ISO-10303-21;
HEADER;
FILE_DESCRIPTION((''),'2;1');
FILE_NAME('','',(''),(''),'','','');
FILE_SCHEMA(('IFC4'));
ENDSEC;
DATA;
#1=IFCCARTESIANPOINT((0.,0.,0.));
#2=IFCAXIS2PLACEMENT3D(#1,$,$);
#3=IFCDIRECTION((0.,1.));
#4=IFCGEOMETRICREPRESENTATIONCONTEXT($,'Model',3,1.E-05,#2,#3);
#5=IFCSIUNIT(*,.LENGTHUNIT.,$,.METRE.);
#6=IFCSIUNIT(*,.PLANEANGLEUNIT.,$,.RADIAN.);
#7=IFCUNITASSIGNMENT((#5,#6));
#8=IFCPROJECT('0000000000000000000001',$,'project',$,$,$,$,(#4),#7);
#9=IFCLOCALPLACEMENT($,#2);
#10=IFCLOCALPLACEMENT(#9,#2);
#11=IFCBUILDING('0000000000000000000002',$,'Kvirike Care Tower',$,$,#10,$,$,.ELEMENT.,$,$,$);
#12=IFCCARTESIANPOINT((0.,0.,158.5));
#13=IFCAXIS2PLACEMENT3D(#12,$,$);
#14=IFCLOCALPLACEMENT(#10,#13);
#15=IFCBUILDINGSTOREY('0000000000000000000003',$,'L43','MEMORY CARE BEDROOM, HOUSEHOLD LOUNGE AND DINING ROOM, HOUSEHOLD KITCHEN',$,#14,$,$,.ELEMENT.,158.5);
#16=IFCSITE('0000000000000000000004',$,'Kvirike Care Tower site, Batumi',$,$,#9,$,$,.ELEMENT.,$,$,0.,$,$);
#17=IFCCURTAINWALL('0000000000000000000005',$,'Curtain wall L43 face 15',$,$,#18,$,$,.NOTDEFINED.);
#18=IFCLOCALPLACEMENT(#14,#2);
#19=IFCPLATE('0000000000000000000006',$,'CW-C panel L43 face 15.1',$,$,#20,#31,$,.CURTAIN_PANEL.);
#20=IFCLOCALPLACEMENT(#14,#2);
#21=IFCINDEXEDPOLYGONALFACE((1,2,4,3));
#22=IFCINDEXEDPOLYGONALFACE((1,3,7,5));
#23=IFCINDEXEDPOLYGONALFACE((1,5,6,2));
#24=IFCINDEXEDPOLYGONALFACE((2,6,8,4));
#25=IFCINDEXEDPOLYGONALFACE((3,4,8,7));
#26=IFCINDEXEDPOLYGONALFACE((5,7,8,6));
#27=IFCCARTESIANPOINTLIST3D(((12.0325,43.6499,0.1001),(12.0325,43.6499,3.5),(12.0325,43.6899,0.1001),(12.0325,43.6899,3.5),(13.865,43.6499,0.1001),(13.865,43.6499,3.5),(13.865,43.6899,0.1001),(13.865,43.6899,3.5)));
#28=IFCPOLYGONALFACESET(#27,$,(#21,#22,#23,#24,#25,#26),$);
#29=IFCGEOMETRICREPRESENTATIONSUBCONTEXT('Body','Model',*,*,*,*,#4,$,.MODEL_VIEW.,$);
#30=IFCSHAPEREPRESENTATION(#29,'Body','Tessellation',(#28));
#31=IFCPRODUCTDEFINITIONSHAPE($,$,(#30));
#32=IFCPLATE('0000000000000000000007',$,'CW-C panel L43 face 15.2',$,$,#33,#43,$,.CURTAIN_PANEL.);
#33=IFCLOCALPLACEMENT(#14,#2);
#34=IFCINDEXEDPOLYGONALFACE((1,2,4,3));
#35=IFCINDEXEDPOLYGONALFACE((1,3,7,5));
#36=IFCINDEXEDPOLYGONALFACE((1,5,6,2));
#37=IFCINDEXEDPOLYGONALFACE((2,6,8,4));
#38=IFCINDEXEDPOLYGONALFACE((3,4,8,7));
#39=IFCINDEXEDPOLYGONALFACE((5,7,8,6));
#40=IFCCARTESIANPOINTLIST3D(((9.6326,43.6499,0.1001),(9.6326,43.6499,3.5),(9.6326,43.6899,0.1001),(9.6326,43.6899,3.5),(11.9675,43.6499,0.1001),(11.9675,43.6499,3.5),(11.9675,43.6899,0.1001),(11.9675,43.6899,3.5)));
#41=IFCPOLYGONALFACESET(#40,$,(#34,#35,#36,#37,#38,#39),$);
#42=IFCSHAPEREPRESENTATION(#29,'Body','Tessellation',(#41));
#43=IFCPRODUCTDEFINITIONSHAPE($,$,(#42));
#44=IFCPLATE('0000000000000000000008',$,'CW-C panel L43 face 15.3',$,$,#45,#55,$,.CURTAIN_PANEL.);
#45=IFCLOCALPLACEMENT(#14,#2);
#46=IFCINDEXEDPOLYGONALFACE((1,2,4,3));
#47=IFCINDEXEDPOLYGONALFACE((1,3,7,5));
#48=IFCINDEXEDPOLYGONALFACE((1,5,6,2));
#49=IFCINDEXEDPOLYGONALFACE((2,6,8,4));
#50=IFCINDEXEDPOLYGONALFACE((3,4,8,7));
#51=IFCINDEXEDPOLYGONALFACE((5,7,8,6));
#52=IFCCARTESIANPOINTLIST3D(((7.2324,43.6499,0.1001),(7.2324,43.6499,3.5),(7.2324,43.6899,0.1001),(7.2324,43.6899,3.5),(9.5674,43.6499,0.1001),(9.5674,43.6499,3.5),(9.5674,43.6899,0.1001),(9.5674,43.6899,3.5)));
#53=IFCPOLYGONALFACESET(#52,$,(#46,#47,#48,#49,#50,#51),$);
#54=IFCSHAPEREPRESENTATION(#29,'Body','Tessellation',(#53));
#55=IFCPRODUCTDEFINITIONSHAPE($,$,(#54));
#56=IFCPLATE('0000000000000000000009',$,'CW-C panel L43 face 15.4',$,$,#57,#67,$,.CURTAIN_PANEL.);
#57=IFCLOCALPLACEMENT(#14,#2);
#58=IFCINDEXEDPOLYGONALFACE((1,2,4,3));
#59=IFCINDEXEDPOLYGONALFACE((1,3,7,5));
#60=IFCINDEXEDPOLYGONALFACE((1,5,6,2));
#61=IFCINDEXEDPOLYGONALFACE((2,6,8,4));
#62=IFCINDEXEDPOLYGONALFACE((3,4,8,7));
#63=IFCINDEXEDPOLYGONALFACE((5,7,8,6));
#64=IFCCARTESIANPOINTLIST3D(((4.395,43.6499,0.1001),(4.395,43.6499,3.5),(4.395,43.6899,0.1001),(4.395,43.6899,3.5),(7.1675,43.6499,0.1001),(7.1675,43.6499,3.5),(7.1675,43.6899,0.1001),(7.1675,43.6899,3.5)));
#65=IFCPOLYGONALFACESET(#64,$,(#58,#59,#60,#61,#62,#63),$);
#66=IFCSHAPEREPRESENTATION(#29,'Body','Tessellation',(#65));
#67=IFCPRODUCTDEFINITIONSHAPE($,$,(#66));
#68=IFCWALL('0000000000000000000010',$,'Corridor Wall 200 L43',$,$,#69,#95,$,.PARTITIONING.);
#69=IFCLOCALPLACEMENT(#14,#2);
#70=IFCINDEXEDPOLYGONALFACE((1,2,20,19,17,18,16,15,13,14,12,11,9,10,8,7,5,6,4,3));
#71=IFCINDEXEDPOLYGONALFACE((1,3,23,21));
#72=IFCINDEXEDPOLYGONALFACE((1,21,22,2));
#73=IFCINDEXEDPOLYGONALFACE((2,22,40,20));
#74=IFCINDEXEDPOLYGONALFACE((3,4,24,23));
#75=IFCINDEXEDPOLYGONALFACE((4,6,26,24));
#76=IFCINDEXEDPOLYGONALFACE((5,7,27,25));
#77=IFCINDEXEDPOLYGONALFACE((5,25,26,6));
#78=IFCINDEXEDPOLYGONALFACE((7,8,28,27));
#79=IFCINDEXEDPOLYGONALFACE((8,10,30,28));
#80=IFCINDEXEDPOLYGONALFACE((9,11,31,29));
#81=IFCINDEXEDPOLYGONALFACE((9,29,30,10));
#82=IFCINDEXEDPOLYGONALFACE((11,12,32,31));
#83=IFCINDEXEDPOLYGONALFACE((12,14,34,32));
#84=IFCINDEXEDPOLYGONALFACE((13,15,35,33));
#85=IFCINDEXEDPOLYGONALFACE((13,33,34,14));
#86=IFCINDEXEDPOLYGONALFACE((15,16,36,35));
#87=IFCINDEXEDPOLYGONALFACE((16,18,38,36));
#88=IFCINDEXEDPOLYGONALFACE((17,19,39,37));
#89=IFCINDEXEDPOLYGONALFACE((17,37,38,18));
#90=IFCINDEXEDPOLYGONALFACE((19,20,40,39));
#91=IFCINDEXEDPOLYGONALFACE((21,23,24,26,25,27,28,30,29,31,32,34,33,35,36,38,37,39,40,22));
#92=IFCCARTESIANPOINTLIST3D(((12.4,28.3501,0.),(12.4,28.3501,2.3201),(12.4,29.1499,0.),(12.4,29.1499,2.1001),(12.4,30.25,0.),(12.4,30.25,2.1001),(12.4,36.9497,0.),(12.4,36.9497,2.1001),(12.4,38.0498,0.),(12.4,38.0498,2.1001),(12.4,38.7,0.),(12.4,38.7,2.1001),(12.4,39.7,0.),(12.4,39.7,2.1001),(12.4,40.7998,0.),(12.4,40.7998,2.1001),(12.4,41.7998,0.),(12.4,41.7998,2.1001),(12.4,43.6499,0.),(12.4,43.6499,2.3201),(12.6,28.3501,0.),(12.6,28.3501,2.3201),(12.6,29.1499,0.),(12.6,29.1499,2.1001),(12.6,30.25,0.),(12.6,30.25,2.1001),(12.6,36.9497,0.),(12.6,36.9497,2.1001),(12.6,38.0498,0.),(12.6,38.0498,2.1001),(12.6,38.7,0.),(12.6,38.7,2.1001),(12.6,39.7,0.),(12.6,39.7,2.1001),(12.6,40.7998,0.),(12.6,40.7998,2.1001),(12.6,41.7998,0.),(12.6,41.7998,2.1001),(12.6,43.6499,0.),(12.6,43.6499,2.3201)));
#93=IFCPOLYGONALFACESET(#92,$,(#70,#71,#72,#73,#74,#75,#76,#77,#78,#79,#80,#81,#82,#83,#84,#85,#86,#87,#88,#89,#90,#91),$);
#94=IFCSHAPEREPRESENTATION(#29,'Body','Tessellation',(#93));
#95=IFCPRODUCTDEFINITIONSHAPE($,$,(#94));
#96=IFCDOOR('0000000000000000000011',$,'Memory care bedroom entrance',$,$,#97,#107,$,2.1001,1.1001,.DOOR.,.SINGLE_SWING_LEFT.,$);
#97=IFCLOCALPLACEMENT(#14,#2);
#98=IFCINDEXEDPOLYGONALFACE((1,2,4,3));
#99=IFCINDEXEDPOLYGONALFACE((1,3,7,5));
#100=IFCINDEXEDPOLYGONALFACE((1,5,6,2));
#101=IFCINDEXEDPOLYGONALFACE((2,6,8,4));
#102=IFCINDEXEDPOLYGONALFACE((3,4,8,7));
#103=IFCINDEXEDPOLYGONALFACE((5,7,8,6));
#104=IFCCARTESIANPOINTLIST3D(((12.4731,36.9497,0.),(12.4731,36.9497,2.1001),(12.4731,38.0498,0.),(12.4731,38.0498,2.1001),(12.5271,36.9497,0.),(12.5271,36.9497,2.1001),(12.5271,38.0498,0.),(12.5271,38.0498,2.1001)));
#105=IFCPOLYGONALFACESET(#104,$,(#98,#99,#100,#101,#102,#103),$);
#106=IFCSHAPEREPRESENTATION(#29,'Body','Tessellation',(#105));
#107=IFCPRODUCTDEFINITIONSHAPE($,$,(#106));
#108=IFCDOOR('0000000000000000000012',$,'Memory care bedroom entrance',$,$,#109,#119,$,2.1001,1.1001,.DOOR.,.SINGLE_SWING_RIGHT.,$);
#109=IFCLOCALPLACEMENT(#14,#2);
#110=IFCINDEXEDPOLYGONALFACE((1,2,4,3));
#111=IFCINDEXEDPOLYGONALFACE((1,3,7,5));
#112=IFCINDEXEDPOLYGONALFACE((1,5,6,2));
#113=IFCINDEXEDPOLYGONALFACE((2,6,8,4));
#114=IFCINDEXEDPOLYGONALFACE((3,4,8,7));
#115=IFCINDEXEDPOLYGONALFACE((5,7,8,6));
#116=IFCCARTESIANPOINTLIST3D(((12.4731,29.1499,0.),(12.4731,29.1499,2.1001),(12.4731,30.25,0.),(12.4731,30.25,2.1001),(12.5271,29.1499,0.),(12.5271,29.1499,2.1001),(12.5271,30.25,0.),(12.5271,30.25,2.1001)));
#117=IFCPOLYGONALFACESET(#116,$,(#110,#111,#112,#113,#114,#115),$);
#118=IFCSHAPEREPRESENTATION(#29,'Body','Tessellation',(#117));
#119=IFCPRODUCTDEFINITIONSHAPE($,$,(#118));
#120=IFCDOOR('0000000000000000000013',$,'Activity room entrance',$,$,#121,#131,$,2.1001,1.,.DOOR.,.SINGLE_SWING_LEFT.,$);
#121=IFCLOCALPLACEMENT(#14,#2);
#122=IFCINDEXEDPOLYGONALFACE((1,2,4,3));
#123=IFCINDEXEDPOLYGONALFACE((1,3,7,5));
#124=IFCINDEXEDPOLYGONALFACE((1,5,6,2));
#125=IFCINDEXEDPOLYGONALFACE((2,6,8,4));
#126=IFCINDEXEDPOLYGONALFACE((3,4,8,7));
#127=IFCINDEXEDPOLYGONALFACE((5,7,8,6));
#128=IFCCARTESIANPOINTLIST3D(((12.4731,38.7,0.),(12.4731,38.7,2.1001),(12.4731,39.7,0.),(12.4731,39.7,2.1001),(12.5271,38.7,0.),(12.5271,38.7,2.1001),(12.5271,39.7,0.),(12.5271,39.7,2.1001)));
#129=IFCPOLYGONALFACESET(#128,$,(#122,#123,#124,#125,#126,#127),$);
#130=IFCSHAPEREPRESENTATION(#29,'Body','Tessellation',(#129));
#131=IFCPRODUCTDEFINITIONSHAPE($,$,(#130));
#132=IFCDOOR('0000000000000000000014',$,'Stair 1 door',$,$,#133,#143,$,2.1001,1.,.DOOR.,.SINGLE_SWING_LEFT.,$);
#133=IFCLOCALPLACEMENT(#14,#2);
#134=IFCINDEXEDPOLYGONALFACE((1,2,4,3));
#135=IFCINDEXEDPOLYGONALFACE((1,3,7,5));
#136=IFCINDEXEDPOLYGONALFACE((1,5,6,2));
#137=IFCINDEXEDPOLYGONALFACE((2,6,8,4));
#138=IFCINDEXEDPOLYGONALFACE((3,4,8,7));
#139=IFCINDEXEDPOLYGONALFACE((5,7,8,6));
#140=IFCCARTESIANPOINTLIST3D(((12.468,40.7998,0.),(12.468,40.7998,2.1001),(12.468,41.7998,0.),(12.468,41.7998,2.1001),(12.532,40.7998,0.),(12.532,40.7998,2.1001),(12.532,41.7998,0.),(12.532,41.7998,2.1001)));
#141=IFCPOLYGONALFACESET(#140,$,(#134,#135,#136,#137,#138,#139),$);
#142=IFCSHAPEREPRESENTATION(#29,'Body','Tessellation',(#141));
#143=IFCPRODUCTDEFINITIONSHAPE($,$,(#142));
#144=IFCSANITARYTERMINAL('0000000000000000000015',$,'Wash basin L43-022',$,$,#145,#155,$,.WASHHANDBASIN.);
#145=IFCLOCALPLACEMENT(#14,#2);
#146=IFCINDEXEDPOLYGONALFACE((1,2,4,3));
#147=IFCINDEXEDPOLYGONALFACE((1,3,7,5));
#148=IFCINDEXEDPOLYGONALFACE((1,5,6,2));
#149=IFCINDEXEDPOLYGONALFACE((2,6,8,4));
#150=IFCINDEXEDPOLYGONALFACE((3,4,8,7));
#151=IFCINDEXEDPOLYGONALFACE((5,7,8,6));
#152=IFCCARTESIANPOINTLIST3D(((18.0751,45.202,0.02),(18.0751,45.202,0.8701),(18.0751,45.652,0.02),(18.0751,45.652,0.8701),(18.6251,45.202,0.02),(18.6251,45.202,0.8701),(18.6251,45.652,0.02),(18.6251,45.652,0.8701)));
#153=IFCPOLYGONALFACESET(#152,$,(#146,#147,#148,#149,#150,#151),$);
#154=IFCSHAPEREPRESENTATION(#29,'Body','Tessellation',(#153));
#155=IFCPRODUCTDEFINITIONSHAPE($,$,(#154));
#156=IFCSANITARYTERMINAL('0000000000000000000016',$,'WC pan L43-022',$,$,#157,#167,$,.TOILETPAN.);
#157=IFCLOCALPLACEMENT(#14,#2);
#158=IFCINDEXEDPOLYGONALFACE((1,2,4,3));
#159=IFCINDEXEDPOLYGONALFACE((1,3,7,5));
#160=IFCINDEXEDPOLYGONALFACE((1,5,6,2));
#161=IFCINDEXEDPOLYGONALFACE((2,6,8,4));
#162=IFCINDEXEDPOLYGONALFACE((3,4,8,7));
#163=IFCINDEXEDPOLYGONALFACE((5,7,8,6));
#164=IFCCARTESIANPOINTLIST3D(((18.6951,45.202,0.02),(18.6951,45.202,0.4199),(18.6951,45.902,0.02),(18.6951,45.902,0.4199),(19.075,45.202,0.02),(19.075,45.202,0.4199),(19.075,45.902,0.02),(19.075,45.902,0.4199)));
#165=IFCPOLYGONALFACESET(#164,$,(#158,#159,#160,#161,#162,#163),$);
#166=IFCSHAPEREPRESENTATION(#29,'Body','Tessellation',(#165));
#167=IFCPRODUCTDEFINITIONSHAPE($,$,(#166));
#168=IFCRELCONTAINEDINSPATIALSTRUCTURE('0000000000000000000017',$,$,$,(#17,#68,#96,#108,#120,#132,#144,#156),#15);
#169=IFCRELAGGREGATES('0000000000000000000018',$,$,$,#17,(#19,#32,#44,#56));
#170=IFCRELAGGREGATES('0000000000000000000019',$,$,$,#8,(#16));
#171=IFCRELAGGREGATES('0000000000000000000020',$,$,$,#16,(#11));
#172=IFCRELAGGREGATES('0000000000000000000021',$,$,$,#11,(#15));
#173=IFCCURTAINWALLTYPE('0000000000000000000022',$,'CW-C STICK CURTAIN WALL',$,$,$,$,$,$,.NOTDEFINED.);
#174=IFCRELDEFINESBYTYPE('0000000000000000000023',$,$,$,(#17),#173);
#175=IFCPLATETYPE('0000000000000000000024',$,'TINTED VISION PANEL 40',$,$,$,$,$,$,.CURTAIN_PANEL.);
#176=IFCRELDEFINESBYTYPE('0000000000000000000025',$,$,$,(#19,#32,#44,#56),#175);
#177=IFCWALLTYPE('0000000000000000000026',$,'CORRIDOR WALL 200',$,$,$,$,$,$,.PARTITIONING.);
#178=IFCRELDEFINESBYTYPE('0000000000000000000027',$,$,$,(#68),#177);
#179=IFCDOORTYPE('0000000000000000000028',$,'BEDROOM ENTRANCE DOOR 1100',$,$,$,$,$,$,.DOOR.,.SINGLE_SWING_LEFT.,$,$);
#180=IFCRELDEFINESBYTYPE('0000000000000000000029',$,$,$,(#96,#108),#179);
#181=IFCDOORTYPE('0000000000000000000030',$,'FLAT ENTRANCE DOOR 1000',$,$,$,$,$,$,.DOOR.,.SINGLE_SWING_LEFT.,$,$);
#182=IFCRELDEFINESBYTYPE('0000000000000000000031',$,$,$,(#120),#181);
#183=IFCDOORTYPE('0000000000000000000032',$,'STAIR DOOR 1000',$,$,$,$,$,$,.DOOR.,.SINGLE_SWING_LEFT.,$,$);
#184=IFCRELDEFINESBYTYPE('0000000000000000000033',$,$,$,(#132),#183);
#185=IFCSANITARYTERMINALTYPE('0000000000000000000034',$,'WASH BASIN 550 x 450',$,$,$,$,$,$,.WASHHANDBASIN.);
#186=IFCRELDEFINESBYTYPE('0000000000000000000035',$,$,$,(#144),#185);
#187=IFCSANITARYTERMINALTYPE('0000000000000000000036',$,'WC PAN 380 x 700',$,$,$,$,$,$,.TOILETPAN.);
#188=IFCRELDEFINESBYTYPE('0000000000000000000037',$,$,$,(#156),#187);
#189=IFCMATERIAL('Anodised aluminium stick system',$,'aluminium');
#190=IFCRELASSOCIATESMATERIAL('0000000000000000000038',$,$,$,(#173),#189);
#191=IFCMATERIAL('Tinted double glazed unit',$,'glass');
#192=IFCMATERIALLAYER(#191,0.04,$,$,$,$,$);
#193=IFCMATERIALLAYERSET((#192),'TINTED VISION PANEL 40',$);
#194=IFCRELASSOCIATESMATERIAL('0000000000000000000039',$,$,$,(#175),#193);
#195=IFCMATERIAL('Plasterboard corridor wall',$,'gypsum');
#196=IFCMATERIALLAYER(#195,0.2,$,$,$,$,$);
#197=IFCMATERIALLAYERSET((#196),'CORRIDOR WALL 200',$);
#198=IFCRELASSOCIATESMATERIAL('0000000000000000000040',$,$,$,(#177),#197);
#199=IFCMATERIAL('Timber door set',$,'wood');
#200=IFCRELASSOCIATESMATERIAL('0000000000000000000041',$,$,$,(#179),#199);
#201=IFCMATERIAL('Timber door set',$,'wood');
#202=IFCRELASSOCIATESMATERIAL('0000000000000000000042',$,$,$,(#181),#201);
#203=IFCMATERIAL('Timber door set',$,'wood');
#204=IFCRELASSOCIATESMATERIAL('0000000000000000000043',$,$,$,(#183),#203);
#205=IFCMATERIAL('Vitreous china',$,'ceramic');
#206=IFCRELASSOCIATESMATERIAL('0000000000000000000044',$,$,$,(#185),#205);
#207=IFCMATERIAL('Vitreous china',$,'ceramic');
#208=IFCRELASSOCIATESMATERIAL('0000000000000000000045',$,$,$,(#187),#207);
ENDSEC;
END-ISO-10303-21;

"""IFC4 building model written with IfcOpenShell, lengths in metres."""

from ifc_helpers import new_model, si_unit, direction, frame, frame_2d, origin, origin_2d, place, context, subcontext, project, spatial, rectangle, extrude, material, layer, layer_set, type_object, element, fill, aggregate, save


model = new_model("IFC4")

# Units and contexts
model_context = context("Model", 3, precision=1e-05, world=origin(), true_north=direction((0.0, 1.0)))
body_context = subcontext(model_context, "Body", "Model", "MODEL_VIEW")
ifc_project = project(units=[si_unit("LENGTHUNIT", "METRE"), si_unit("PLANEANGLEUNIT", "RADIAN")], contexts=[model_context])

# Site, building, storey
site_placement = place(None, origin())
site = spatial("IfcSite", under=ifc_project, at=site_placement, Name="Kvirike Care Tower site, Batumi", CompositionType="ELEMENT", RefElevation=0.0)
building_placement = place(site_placement, origin())
building = spatial("IfcBuilding", under=site, at=building_placement, Name="Kvirike Care Tower", CompositionType="ELEMENT")
storey_placement = place(building_placement, frame((0.0, 0.0, 158.5)))
storey = spatial("IfcBuildingStorey", under=building, at=storey_placement, Name="L43", Description="MEMORY CARE BEDROOM, HOUSEHOLD LOUNGE AND DINING ROOM, HOUSEHOLD KITCHEN", CompositionType="ELEMENT", Elevation=158.5)

# Curtain wall
ifc_material_1 = material(Name="Anodised aluminium stick system", Category="aluminium")
curtain_wall_type = type_object("IfcCurtainWallType", Name="CW-C STICK CURTAIN WALL", PredefinedType="NOTDEFINED", material=ifc_material_1)
curtain_wall_1_placement = place(storey_placement, origin())
curtain_wall_1 = element("IfcCurtainWall", 1, at=curtain_wall_1_placement, inside=storey, type_object=curtain_wall_type, Name="Curtain wall L43 face 15", PredefinedType="NOTDEFINED")

# Plates
ifc_material_2 = material(Name="Tinted double glazed unit", Category="glass")
ifc_layer_1 = layer(ifc_material_2, 0.04)
ifc_layer_set_1 = layer_set([ifc_layer_1], Name="TINTED VISION PANEL 40")
plate_type = type_object("IfcPlateType", Name="TINTED VISION PANEL 40", PredefinedType="CURTAIN_PANEL", material=ifc_layer_set_1)
plate_1_placement = place(storey_placement, frame((12.9487, 43.6699, 0.1001), z_axis=(0.0, 0.0, 1.0), x_axis=(-1.0, 0.0, 0.0)))
plate_1 = element("IfcPlate", 2, at=plate_1_placement, type_object=plate_type, Name="CW-C panel L43 face 15.1", PredefinedType="CURTAIN_PANEL", context=body_context, shape_type="SweptSolid", body=[
    extrude(rectangle(XDim=1.8325, YDim=0.04, at=origin_2d()), origin(), (0.0, 0.0, 1.0), 3.3999),
])
plate_2_placement = place(storey_placement, frame((10.8, 43.6699, 0.1001), z_axis=(0.0, 0.0, 1.0), x_axis=(-1.0, 0.0, 0.0)))
plate_2 = element("IfcPlate", 3, at=plate_2_placement, type_object=plate_type, Name="CW-C panel L43 face 15.2", PredefinedType="CURTAIN_PANEL", context=body_context, shape_type="SweptSolid", body=[
    extrude(rectangle(XDim=2.335, YDim=0.04, at=origin_2d()), origin(), (0.0, 0.0, 1.0), 3.3999),
])
plate_3_placement = place(storey_placement, frame((8.3999, 43.6699, 0.1001), z_axis=(0.0, 0.0, 1.0), x_axis=(-1.0, 0.0, 0.0)))
plate_3 = element("IfcPlate", 4, at=plate_3_placement, type_object=plate_type, Name="CW-C panel L43 face 15.3", PredefinedType="CURTAIN_PANEL", context=body_context, shape_type="SweptSolid", body=[
    extrude(rectangle(XDim=2.335, YDim=0.04, at=origin_2d()), origin(), (0.0, 0.0, 1.0), 3.3999),
])
plate_4_placement = place(storey_placement, frame((5.7812, 43.6699, 0.1001), z_axis=(0.0, 0.0, 1.0), x_axis=(-1.0, 0.0, 0.0)))
plate_4 = element("IfcPlate", 5, at=plate_4_placement, type_object=plate_type, Name="CW-C panel L43 face 15.4", PredefinedType="CURTAIN_PANEL", context=body_context, shape_type="SweptSolid", body=[
    extrude(rectangle(XDim=2.7725, YDim=0.04, at=origin_2d()), origin(), (0.0, 0.0, 1.0), 3.3999),
])
aggregate(curtain_wall_1, [plate_1, plate_2, plate_3, plate_4])

# Wall, openings, doors
ifc_material_3 = material(Name="Plasterboard corridor wall", Category="gypsum")
ifc_layer_2 = layer(ifc_material_3, 0.2)
ifc_layer_set_2 = layer_set([ifc_layer_2], Name="CORRIDOR WALL 200")
wall_type = type_object("IfcWallType", Name="CORRIDOR WALL 200", PredefinedType="PARTITIONING", material=ifc_layer_set_2)
wall_placement = place(storey_placement, frame((12.5, 43.6499, 0.0), z_axis=(0.0, 0.0, 1.0), x_axis=(0.0, -1.0, 0.0)))
wall = element("IfcWall", 6, at=wall_placement, inside=storey, type_object=wall_type, Name="Corridor Wall 200 L43", PredefinedType="PARTITIONING", context=body_context, shape_type="SweptSolid", body=[
    extrude(rectangle(XDim=15.2998, YDim=0.2, at=frame_2d((7.6499, 0.0))), origin(), (0.0, 0.0, 1.0), 2.3201),
])
opening_1_placement = place(wall_placement, frame((1.8501, 0.0, 0.0)))
opening_1 = element("IfcOpeningElement", 7, at=opening_1_placement, cuts=wall, PredefinedType="OPENING", context=body_context, shape_type="SweptSolid", body=[
    extrude(rectangle(XDim=1.0, YDim=2.1001, at=frame_2d((0.5, 1.05))), frame((0.0, 0.1106, 0.0), z_axis=(0.0, -1.0, 0.0), x_axis=(1.0, 0.0, 0.0)), (0.0, 0.0, 1.0), 0.2209),
])
opening_2_placement = place(wall_placement, frame((3.95, 0.0, 0.0)))
opening_2 = element("IfcOpeningElement", 8, at=opening_2_placement, cuts=wall, PredefinedType="OPENING", context=body_context, shape_type="SweptSolid", body=[
    extrude(rectangle(XDim=1.0, YDim=2.1001, at=frame_2d((0.5, 1.05))), frame((0.0, 0.1106, 0.0), z_axis=(0.0, -1.0, 0.0), x_axis=(1.0, 0.0, 0.0)), (0.0, 0.0, 1.0), 0.2209),
])
opening_3_placement = place(wall_placement, frame((5.6001, 0.0, 0.0)))
opening_3 = element("IfcOpeningElement", 9, at=opening_3_placement, cuts=wall, PredefinedType="OPENING", context=body_context, shape_type="SweptSolid", body=[
    extrude(rectangle(XDim=1.1001, YDim=2.1001, at=frame_2d((0.55, 1.05))), frame((0.0, 0.1106, 0.0), z_axis=(0.0, -1.0, 0.0), x_axis=(1.0, 0.0, 0.0)), (0.0, 0.0, 1.0), 0.2209),
])
opening_4_placement = place(wall_placement, frame((13.3999, 0.0, 0.0)))
opening_4 = element("IfcOpeningElement", 10, at=opening_4_placement, cuts=wall, PredefinedType="OPENING", context=body_context, shape_type="SweptSolid", body=[
    extrude(rectangle(XDim=1.1001, YDim=2.1001, at=frame_2d((0.55, 1.05))), frame((0.0, 0.1106, 0.0), z_axis=(0.0, -1.0, 0.0), x_axis=(1.0, 0.0, 0.0)), (0.0, 0.0, 1.0), 0.2209),
])
ifc_material_4 = material(Name="Timber door set", Category="wood")
door_type_1 = type_object("IfcDoorType", Name="BEDROOM ENTRANCE DOOR 1100", OperationType="SINGLE_SWING_LEFT", PredefinedType="DOOR", material=ifc_material_4)
door_1_placement = place(opening_3_placement, frame((1.1001, 0.0, 0.0), z_axis=(0.0, 0.0, 1.0), x_axis=(-1.0, 0.0, 0.0)))
door_1 = element("IfcDoor", 11, at=door_1_placement, inside=storey, type_object=door_type_1, Name="Memory care bedroom entrance", OperationType="SINGLE_SWING_LEFT", OverallHeight=2.1001, OverallWidth=1.1001, PredefinedType="DOOR", context=body_context, shape_type="SweptSolid", body=[
    extrude(rectangle(XDim=1.1001, YDim=2.1001, at=frame_2d((0.55, 1.05))), frame((0.0, 0.0269, 0.0), z_axis=(0.0, -1.0, 0.0), x_axis=(1.0, 0.0, 0.0)), (0.0, 0.0, 1.0), 0.054),
])
fill(opening_3, door_1)
door_2_placement = place(opening_4_placement, frame((1.1001, 0.0, 0.0), z_axis=(0.0, 0.0, 1.0), x_axis=(-1.0, 0.0, 0.0)))
door_2 = element("IfcDoor", 12, at=door_2_placement, inside=storey, type_object=door_type_1, Name="Memory care bedroom entrance", OperationType="SINGLE_SWING_RIGHT", OverallHeight=2.1001, OverallWidth=1.1001, PredefinedType="DOOR", context=body_context, shape_type="SweptSolid", body=[
    extrude(rectangle(XDim=1.1001, YDim=2.1001, at=frame_2d((0.55, 1.05))), frame((0.0, 0.0269, 0.0), z_axis=(0.0, -1.0, 0.0), x_axis=(1.0, 0.0, 0.0)), (0.0, 0.0, 1.0), 0.054),
])
fill(opening_4, door_2)
ifc_material_5 = material(Name="Timber door set", Category="wood")
door_type_2 = type_object("IfcDoorType", Name="FLAT ENTRANCE DOOR 1000", OperationType="SINGLE_SWING_LEFT", PredefinedType="DOOR", material=ifc_material_5)
door_3_placement = place(opening_2_placement, frame((1.0, 0.0, 0.0), z_axis=(0.0, 0.0, 1.0), x_axis=(-1.0, 0.0, 0.0)))
door_3 = element("IfcDoor", 13, at=door_3_placement, inside=storey, type_object=door_type_2, Name="Activity room entrance", OperationType="SINGLE_SWING_LEFT", OverallHeight=2.1001, OverallWidth=1.0, PredefinedType="DOOR", context=body_context, shape_type="SweptSolid", body=[
    extrude(rectangle(XDim=1.0, YDim=2.1001, at=frame_2d((0.5, 1.05))), frame((0.0, 0.0269, 0.0), z_axis=(0.0, -1.0, 0.0), x_axis=(1.0, 0.0, 0.0)), (0.0, 0.0, 1.0), 0.054),
])
fill(opening_2, door_3)
ifc_material_6 = material(Name="Timber door set", Category="wood")
door_type_3 = type_object("IfcDoorType", Name="STAIR DOOR 1000", OperationType="SINGLE_SWING_LEFT", PredefinedType="DOOR", material=ifc_material_6)
door_4_placement = place(opening_1_placement, frame((1.0, 0.0, 0.0), z_axis=(0.0, 0.0, 1.0), x_axis=(-1.0, 0.0, 0.0)))
door_4 = element("IfcDoor", 14, at=door_4_placement, inside=storey, type_object=door_type_3, Name="Stair 1 door", OperationType="SINGLE_SWING_LEFT", OverallHeight=2.1001, OverallWidth=1.0, PredefinedType="DOOR", context=body_context, shape_type="SweptSolid", body=[
    extrude(rectangle(XDim=1.0, YDim=2.1001, at=frame_2d((0.5, 1.05))), frame((0.0, 0.032, 0.0), z_axis=(0.0, -1.0, 0.0), x_axis=(1.0, 0.0, 0.0)), (0.0, 0.0, 1.0), 0.064),
])
fill(opening_1, door_4)

# Sanitary terminals
ifc_material_7 = material(Name="Vitreous china", Category="ceramic")
sanitary_terminal_type_1 = type_object("IfcSanitaryTerminalType", Name="WASH BASIN 550 x 450", PredefinedType="WASHHANDBASIN", material=ifc_material_7)
sanitary_terminal_1_placement = place(storey_placement, frame((18.3501, 45.427, 0.02), z_axis=(0.0, 0.0, 1.0), x_axis=(-1.0, 0.0, 0.0)))
element("IfcSanitaryTerminal", 15, at=sanitary_terminal_1_placement, inside=storey, type_object=sanitary_terminal_type_1, Name="Wash basin L43-022", PredefinedType="WASHHANDBASIN", context=body_context, shape_type="SweptSolid", body=[
    extrude(rectangle(XDim=0.55, YDim=0.45, at=origin_2d()), origin(), (0.0, 0.0, 1.0), 0.8501),
])
ifc_material_8 = material(Name="Vitreous china", Category="ceramic")
sanitary_terminal_type_2 = type_object("IfcSanitaryTerminalType", Name="WC PAN 380 x 700", PredefinedType="TOILETPAN", material=ifc_material_8)
sanitary_terminal_2_placement = place(storey_placement, frame((18.885, 45.552, 0.02), z_axis=(0.0, 0.0, 1.0), x_axis=(-1.0, 0.0, 0.0)))
element("IfcSanitaryTerminal", 16, at=sanitary_terminal_2_placement, inside=storey, type_object=sanitary_terminal_type_2, Name="WC pan L43-022", PredefinedType="TOILETPAN", context=body_context, shape_type="SweptSolid", body=[
    extrude(rectangle(XDim=0.3799, YDim=0.7, at=origin_2d()), origin(), (0.0, 0.0, 1.0), 0.3999),
])

save(model, "model.ifc")
